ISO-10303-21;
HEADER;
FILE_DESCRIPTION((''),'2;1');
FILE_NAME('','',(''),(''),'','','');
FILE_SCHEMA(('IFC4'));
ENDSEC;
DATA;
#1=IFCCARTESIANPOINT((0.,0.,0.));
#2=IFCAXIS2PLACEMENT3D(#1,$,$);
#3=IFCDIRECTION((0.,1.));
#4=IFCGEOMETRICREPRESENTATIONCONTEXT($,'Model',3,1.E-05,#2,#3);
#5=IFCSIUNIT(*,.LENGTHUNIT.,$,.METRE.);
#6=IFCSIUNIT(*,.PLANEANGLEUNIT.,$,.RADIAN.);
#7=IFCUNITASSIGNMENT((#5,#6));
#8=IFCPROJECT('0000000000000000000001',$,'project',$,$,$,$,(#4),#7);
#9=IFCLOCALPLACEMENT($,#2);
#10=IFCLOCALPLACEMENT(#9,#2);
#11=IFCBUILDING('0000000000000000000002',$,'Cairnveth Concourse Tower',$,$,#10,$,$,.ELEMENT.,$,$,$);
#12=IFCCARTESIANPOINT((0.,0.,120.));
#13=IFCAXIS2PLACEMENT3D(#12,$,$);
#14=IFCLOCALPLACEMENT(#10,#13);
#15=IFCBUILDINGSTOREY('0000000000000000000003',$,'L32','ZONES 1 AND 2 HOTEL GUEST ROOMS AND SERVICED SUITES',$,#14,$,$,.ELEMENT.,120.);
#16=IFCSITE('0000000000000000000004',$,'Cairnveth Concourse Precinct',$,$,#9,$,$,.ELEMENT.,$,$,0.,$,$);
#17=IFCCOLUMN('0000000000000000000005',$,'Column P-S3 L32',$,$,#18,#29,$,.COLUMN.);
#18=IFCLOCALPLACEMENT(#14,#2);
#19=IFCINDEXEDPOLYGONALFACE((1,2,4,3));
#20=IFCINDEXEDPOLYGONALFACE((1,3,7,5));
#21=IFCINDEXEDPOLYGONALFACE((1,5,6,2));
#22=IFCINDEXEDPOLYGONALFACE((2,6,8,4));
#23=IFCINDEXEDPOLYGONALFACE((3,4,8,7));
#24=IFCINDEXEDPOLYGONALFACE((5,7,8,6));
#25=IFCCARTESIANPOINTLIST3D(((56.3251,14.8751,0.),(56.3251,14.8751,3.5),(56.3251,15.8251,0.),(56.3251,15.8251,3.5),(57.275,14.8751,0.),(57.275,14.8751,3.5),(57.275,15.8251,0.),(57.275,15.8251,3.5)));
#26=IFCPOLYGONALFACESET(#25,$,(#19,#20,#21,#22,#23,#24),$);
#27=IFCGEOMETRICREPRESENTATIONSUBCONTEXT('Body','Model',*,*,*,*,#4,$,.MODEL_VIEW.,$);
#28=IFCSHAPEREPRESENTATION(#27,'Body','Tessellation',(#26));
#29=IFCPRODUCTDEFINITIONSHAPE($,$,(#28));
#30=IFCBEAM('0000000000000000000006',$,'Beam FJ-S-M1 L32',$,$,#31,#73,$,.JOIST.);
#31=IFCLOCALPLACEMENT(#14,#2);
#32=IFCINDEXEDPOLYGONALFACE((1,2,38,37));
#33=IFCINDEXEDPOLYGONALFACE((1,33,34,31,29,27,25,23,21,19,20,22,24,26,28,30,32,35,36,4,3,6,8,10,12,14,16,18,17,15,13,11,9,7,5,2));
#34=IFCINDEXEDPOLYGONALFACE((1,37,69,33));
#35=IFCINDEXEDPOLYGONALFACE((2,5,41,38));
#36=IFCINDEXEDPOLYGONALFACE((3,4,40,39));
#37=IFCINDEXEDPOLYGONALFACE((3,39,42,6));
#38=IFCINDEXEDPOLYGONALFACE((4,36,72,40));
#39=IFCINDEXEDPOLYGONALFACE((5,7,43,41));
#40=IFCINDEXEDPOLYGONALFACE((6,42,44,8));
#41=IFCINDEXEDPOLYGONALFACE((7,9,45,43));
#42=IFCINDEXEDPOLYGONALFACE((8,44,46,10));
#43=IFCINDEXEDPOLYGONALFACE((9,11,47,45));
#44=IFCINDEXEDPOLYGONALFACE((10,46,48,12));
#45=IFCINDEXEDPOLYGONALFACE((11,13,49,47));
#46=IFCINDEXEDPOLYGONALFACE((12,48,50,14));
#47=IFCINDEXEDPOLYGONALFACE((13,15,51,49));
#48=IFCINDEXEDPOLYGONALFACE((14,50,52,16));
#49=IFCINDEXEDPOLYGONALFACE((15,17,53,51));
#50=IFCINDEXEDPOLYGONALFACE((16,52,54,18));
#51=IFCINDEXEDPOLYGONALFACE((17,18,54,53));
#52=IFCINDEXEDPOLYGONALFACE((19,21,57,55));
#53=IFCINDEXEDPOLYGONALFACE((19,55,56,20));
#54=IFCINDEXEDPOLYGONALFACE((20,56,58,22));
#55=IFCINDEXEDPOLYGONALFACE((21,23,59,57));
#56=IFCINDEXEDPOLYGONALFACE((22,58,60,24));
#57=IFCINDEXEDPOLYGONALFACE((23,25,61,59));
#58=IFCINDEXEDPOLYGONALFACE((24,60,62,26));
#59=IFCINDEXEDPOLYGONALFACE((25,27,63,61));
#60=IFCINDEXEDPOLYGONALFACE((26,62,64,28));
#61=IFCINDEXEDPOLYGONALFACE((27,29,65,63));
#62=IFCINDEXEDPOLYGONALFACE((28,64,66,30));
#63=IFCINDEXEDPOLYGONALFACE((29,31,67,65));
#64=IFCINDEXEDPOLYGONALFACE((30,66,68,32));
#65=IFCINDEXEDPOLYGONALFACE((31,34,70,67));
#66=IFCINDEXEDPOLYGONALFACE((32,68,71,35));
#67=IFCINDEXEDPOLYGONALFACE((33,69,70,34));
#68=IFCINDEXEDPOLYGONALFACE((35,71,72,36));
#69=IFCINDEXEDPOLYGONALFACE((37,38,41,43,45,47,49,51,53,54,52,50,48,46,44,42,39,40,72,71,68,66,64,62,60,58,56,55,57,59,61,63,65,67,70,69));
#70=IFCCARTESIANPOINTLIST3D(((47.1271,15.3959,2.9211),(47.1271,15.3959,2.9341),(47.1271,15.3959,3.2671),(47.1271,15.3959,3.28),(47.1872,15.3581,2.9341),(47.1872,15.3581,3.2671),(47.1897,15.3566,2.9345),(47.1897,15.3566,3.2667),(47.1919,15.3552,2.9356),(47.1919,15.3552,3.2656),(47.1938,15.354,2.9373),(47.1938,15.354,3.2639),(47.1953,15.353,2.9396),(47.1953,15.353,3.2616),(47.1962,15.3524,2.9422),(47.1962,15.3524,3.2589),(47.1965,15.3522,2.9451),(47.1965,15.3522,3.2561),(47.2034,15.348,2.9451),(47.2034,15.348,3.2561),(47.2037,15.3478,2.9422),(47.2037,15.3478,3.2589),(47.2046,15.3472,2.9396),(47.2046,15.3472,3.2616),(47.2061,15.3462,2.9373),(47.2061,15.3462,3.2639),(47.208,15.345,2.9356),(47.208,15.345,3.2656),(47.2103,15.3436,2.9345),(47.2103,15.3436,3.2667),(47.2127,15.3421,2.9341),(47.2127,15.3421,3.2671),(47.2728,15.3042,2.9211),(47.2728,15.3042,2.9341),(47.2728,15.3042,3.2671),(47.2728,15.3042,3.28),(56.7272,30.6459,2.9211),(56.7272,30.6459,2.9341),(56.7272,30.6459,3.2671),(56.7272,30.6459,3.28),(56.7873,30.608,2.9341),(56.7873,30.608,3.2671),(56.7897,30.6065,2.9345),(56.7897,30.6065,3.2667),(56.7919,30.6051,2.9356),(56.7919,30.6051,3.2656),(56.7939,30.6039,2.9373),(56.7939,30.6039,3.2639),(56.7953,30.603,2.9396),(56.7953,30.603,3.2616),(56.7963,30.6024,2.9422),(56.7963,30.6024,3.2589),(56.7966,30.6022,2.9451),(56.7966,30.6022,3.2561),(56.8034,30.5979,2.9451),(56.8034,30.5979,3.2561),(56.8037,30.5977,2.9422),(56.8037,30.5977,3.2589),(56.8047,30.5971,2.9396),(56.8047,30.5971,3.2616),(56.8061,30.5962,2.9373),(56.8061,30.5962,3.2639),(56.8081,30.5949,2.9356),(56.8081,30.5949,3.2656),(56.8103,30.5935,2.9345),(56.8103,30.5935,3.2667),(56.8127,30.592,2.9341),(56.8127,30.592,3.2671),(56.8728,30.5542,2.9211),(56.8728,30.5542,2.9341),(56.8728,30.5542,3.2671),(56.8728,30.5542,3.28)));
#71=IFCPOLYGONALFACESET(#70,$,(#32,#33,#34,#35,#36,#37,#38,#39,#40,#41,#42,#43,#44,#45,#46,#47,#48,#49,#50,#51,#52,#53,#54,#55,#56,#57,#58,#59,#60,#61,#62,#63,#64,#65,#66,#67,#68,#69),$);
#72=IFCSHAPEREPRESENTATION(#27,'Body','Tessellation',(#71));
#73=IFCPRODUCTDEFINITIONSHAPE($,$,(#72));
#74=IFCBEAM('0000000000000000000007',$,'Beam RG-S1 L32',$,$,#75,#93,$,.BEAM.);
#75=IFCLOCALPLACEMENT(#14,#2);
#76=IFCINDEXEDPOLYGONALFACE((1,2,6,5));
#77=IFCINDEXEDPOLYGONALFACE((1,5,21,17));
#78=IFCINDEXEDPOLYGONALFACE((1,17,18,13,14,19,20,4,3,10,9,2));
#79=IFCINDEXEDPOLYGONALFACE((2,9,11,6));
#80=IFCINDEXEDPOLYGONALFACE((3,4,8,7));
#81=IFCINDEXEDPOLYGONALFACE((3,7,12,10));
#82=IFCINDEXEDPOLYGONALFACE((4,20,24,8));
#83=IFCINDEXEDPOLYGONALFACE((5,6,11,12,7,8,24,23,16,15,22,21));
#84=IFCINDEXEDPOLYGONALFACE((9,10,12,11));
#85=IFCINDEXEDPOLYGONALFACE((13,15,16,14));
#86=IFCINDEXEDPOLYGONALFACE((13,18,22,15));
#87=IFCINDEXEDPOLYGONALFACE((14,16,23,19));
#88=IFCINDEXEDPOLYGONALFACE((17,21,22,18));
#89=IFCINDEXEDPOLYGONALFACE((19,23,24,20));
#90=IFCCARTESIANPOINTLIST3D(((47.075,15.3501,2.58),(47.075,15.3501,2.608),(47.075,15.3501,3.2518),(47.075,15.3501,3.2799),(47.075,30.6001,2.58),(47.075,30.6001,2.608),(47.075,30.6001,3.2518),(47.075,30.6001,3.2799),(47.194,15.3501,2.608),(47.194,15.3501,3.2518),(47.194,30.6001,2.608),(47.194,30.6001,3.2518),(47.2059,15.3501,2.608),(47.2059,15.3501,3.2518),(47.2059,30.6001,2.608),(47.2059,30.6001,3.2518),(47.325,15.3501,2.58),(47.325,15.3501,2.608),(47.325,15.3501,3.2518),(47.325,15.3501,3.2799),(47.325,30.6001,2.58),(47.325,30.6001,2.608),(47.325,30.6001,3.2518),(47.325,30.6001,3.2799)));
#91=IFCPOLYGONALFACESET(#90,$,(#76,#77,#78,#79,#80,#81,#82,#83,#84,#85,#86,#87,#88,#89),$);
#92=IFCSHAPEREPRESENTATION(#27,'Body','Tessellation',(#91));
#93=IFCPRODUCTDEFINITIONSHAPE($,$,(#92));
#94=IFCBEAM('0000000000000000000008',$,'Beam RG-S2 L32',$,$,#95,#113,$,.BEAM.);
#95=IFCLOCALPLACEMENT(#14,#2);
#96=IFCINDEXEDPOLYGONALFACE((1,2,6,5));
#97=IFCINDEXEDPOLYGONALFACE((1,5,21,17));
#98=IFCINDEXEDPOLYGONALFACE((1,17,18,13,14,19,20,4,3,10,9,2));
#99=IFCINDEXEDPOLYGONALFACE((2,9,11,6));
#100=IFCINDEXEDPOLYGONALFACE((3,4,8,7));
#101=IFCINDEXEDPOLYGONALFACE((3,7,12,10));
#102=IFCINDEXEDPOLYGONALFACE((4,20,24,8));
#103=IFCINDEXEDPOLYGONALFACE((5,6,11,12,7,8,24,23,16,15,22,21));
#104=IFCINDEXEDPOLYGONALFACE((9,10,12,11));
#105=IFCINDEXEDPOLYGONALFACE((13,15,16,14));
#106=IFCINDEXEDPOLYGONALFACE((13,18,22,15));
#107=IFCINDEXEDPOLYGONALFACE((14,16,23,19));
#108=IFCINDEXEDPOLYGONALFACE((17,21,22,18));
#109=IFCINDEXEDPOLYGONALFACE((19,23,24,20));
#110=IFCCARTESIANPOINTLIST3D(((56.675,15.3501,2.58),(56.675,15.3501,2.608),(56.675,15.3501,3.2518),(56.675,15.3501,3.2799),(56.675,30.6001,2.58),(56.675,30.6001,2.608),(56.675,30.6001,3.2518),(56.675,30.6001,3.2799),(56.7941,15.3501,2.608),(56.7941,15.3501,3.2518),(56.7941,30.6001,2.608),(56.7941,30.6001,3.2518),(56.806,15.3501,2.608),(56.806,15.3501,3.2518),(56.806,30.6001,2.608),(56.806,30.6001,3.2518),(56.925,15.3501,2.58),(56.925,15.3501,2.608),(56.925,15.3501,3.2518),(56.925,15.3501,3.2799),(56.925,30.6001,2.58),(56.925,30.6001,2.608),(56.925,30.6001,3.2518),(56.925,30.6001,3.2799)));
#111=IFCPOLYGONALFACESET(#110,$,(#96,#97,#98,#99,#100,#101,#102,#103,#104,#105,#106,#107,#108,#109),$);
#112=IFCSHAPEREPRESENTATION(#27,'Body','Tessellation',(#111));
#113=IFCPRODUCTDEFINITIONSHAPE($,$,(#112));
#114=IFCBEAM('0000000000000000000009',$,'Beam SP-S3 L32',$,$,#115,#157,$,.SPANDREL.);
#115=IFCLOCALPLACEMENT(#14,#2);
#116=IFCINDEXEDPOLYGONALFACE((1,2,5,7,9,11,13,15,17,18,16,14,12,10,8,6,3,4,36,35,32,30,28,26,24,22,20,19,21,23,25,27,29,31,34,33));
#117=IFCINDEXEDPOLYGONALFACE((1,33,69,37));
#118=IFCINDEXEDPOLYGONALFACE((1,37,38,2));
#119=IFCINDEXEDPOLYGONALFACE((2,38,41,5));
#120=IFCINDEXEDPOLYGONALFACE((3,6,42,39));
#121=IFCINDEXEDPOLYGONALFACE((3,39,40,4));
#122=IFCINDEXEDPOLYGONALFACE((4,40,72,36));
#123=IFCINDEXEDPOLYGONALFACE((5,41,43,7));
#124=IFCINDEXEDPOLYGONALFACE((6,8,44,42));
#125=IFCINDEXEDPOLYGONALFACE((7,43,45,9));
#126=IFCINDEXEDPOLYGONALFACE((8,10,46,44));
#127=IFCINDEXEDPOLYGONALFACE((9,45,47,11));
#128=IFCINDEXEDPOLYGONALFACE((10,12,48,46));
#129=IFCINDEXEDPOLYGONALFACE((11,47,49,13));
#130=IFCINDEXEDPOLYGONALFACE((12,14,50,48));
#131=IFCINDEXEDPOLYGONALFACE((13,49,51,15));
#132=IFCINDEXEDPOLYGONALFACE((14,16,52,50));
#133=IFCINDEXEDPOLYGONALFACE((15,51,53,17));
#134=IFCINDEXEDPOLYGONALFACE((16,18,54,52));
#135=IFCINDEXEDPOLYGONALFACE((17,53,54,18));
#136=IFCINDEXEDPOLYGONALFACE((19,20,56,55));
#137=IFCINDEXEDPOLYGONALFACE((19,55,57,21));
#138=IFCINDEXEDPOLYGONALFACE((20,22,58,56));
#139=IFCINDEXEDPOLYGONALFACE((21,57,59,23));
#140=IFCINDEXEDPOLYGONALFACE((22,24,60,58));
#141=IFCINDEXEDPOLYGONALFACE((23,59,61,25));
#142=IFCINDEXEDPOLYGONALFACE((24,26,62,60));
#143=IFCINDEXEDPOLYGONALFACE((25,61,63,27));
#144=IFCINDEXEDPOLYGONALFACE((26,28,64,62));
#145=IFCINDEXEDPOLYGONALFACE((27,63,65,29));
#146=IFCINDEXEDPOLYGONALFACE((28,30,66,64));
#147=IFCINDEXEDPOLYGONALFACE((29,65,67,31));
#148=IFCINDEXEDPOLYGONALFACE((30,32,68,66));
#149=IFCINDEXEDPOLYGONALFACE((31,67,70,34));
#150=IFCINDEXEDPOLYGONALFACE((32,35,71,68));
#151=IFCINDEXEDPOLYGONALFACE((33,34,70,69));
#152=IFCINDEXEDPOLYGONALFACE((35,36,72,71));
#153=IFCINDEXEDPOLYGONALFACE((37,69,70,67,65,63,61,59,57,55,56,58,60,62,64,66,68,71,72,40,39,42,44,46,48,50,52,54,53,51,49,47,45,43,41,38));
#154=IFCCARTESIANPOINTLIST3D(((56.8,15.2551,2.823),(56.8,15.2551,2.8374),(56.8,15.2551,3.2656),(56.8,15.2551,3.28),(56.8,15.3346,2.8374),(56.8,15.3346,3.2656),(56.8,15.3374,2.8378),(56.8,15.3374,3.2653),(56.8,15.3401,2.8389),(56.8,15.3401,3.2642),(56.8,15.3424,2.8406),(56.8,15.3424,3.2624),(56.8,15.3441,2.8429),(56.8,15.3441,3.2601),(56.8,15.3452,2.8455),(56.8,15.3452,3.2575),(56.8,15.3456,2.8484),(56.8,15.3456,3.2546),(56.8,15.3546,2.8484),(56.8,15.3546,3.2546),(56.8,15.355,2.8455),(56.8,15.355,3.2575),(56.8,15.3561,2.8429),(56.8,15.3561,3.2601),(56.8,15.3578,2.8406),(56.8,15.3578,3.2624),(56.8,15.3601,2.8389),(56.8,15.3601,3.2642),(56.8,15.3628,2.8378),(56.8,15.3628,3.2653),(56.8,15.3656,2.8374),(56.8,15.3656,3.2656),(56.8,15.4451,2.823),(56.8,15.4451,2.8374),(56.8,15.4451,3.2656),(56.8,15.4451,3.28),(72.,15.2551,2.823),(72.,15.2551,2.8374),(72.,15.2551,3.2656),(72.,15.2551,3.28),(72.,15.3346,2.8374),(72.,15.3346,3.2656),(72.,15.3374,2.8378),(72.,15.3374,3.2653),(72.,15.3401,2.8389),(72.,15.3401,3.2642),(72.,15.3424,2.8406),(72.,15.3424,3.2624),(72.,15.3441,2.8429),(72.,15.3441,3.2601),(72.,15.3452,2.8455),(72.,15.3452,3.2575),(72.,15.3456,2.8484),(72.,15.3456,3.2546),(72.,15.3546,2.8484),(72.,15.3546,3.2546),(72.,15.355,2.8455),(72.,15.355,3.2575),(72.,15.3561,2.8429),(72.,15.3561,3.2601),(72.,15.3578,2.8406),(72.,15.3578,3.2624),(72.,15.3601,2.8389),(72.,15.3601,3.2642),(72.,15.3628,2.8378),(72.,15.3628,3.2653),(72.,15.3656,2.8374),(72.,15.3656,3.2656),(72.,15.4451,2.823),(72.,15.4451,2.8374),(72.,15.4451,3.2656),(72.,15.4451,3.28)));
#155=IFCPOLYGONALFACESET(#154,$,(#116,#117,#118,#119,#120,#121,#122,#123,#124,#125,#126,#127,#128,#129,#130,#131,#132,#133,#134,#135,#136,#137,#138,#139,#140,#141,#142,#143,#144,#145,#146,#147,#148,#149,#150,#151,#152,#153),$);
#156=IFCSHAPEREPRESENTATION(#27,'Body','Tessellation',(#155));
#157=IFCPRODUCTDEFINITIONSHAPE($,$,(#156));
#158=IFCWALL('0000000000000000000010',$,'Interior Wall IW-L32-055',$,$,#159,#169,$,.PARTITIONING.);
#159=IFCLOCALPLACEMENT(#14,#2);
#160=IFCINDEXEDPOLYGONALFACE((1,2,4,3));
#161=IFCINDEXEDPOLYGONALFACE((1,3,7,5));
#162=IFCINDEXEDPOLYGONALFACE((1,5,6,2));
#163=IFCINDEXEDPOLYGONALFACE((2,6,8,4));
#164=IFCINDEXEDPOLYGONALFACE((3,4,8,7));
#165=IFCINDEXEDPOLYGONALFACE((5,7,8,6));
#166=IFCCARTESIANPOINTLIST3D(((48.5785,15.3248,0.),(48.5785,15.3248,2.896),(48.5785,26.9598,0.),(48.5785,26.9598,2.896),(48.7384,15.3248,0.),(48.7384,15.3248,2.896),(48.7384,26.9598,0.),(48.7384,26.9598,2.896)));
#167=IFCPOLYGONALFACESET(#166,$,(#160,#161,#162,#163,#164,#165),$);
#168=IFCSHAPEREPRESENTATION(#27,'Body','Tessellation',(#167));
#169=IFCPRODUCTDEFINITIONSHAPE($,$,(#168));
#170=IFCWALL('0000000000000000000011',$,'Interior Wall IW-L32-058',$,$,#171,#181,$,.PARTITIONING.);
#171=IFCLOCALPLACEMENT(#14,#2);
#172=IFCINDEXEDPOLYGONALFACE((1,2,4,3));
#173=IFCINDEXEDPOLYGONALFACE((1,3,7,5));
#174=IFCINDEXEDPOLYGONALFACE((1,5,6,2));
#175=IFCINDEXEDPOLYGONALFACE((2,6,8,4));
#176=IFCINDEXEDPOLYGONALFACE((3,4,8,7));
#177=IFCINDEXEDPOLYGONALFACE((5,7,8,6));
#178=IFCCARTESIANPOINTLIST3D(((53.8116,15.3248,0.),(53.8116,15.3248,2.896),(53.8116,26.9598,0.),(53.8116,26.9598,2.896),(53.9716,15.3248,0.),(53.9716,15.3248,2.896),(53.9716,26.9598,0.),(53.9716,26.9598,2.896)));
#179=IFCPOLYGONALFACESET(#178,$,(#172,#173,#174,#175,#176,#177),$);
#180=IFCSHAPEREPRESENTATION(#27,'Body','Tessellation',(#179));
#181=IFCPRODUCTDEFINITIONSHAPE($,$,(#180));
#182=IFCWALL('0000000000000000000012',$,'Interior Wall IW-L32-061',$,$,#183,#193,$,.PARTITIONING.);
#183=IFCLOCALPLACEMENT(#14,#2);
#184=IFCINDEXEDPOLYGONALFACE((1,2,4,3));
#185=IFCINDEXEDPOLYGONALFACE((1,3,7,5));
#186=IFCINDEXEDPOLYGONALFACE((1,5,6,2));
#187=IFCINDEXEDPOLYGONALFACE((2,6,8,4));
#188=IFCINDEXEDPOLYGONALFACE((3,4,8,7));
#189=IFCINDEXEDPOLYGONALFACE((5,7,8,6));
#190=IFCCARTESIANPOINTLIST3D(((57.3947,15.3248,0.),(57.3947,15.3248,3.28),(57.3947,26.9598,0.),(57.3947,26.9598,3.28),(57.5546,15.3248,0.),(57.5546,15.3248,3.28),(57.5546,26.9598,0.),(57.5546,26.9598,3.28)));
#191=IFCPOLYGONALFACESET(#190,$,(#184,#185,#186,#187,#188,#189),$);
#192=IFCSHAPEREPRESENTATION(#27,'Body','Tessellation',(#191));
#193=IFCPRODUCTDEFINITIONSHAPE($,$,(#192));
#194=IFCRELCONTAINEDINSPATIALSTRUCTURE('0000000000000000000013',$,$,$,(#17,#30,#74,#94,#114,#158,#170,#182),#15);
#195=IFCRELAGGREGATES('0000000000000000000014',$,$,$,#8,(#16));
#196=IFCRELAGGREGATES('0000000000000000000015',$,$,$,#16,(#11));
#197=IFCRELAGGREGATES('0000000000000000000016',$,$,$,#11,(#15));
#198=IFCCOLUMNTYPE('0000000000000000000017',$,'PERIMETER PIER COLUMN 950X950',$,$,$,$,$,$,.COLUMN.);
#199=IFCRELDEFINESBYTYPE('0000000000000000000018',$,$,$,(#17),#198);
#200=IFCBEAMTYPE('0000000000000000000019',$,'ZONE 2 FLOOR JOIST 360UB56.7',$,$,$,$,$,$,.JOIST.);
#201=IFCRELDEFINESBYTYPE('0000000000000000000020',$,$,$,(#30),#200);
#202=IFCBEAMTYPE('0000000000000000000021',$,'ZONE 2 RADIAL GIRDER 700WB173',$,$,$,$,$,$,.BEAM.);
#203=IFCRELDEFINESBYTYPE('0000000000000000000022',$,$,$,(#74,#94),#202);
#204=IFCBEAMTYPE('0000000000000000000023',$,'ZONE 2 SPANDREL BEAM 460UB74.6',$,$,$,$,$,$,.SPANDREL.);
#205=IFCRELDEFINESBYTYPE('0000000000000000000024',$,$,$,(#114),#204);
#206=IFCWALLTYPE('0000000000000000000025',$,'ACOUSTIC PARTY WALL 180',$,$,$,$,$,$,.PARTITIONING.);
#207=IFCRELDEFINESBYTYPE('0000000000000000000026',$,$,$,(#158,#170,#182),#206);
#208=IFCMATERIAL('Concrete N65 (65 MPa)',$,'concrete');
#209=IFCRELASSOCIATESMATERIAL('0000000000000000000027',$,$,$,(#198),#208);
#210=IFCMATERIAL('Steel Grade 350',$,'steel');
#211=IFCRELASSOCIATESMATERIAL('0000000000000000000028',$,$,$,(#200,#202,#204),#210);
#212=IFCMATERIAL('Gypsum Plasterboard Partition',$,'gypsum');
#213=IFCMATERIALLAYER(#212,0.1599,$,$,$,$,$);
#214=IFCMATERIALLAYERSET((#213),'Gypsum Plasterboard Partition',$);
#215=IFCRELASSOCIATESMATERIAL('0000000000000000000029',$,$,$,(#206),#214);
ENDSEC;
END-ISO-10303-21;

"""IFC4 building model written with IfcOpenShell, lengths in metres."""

from ifc_helpers import new_model, si_unit, direction, frame, frame_2d, origin, origin_2d, place, context, subcontext, project, spatial, rectangle, i_section, extrude, material, layer, layer_set, material_profile, profile_set, type_object, element, save


model = new_model("IFC4")

# Units and contexts
model_context = context("Model", 3, precision=1e-05, world=origin(), true_north=direction((0.0, 1.0)))
body_context = subcontext(model_context, "Body", "Model", "MODEL_VIEW")
ifc_project = project(units=[si_unit("LENGTHUNIT", "METRE"), si_unit("PLANEANGLEUNIT", "RADIAN")], contexts=[model_context])

# Site, building, storey
site_placement = place(None, origin())
site = spatial("IfcSite", under=ifc_project, at=site_placement, Name="Cairnveth Concourse Precinct", CompositionType="ELEMENT", RefElevation=0.0)
building_placement = place(site_placement, origin())
building = spatial("IfcBuilding", under=site, at=building_placement, Name="Cairnveth Concourse Tower", CompositionType="ELEMENT")
storey_placement = place(building_placement, frame((0.0, 0.0, 120.0)))
storey = spatial("IfcBuildingStorey", under=building, at=storey_placement, Name="L32", Description="ZONES 1 AND 2 HOTEL GUEST ROOMS AND SERVICED SUITES", CompositionType="ELEMENT", Elevation=120.0)

# Column
ifc_material_1 = material(Name="Concrete N65 (65 MPa)", Category="concrete")
ifc_material_profile_1 = material_profile(ifc_material_1, rectangle(XDim=0.95, YDim=0.95, at=origin_2d()), Name="RC-COL-950x950")
ifc_profile_set_1 = profile_set([ifc_material_profile_1], Name="Concrete N65 (65 MPa)")
column_type = type_object("IfcColumnType", Name="PERIMETER PIER COLUMN 950X950", PredefinedType="COLUMN", material=ifc_profile_set_1)
column_placement = place(storey_placement, frame((56.8, 15.3501, 0.0), z_axis=(0.0, 0.0, 1.0), x_axis=(1.0, 0.0, 0.0)))
element("IfcColumn", 1, at=column_placement, inside=storey, type_object=column_type, Name="Column P-S3 L32", PredefinedType="COLUMN", context=body_context, shape_type="SweptSolid", body=[
    extrude(rectangle(XDim=0.95, YDim=0.95, at=origin_2d()), origin(), (0.0, 0.0, 1.0), 3.5),
])

# Beams
ifc_material_2 = material(Name="Steel Grade 350", Category="steel")
ifc_material_profile_2 = material_profile(ifc_material_2, i_section(OverallWidth=0.1721, OverallDepth=0.3589, WebThickness=0.0081, FlangeThickness=0.0129, FilletRadius=0.011, at=origin_2d()), Name="360UB56.7")
ifc_profile_set_2 = profile_set([ifc_material_profile_2], Name="Steel Grade 350")
beam_type_1 = type_object("IfcBeamType", Name="ZONE 2 FLOOR JOIST 360UB56.7", PredefinedType="JOIST", material=ifc_profile_set_2)
beam_1_placement = place(storey_placement, frame((47.2, 15.3501, 3.1006), z_axis=(0.532744, 0.846277, 0.0), x_axis=(-0.846277, 0.532744, 0.0)))
element("IfcBeam", 2, at=beam_1_placement, inside=storey, type_object=beam_type_1, Name="Beam FJ-S-M1 L32", PredefinedType="JOIST", context=body_context, shape_type="SweptSolid", body=[
    extrude(i_section(OverallWidth=0.1721, OverallDepth=0.3589, WebThickness=0.0081, FlangeThickness=0.0129, FilletRadius=0.011, at=origin_2d()), origin(), (0.0, 0.0, 1.0), 18.02),
])
ifc_material_profile_3 = material_profile(ifc_material_2, i_section(OverallWidth=0.25, OverallDepth=0.7, WebThickness=0.012, FlangeThickness=0.0281, at=origin_2d()), Name="700WB173")
ifc_profile_set_3 = profile_set([ifc_material_profile_3], Name="Steel Grade 350")
beam_type_2 = type_object("IfcBeamType", Name="ZONE 2 RADIAL GIRDER 700WB173", PredefinedType="BEAM", material=ifc_profile_set_3)
for number, where, z_axis, x_axis, name in (
    (3, (47.2, 15.3501, 2.9299), (0.0, 1.0, 0.0), (-1.0, 0.0, 0.0), "Beam RG-S1 L32"),
    (4, (56.8, 15.3501, 2.9299), (0.0, 1.0, 0.0), (-1.0, 0.0, 0.0), "Beam RG-S2 L32"),
):
    element("IfcBeam", number, at=place(storey_placement, frame(where, z_axis=z_axis, x_axis=x_axis)), inside=storey, type_object=beam_type_2, Name=name, PredefinedType="BEAM", context=body_context, shape_type="SweptSolid", body=[
        extrude(i_section(OverallWidth=0.25, OverallDepth=0.7, WebThickness=0.012, FlangeThickness=0.0281, at=origin_2d()), origin(), (0.0, 0.0, 1.0), 15.25),
    ])
ifc_material_profile_4 = material_profile(ifc_material_2, i_section(OverallWidth=0.1899, OverallDepth=0.457, WebThickness=0.009, FlangeThickness=0.0144, FilletRadius=0.011, at=origin_2d()), Name="460UB74.6")
ifc_profile_set_4 = profile_set([ifc_material_profile_4], Name="Steel Grade 350")
beam_type_3 = type_object("IfcBeamType", Name="ZONE 2 SPANDREL BEAM 460UB74.6", PredefinedType="SPANDREL", material=ifc_profile_set_4)
beam_2_placement = place(storey_placement, frame((56.8, 15.3501, 3.0515), z_axis=(1.0, 0.0, 0.0), x_axis=(0.0, 1.0, 0.0)))
element("IfcBeam", 5, at=beam_2_placement, inside=storey, type_object=beam_type_3, Name="Beam SP-S3 L32", PredefinedType="SPANDREL", context=body_context, shape_type="SweptSolid", body=[
    extrude(i_section(OverallWidth=0.1899, OverallDepth=0.457, WebThickness=0.009, FlangeThickness=0.0144, FilletRadius=0.011, at=origin_2d()), origin(), (0.0, 0.0, 1.0), 15.2),
])

# Walls
ifc_material_3 = material(Name="Gypsum Plasterboard Partition", Category="gypsum")
ifc_layer_1 = layer(ifc_material_3, 0.1599)
ifc_layer_set_1 = layer_set([ifc_layer_1], Name="Gypsum Plasterboard Partition")
wall_type_1 = type_object("IfcWallType", Name="ACOUSTIC PARTY WALL 180", PredefinedType="PARTITIONING", material=ifc_layer_set_1)
for number, where, z_axis, x_axis, name in (
    (6, (48.6584, 15.325, 0.0), (0.0, 0.0, 1.0), (0.0, 1.0, 0.0), "Interior Wall IW-L32-055"),
    (7, (53.8916, 15.325, 0.0), (0.0, 0.0, 1.0), (0.0, 1.0, 0.0), "Interior Wall IW-L32-058"),
):
    element("IfcWall", number, at=place(storey_placement, frame(where, z_axis=z_axis, x_axis=x_axis)), inside=storey, type_object=wall_type_1, Name=name, PredefinedType="PARTITIONING", context=body_context, shape_type="SweptSolid", body=[
        extrude(rectangle(XDim=11.635, YDim=0.1599, at=frame_2d((5.8174, 0.0))), origin(), (0.0, 0.0, 1.0), 2.896),
    ])
wall_1_placement = place(storey_placement, frame((57.4746, 15.325, 0.0), z_axis=(0.0, 0.0, 1.0), x_axis=(0.0, 1.0, 0.0)))
element("IfcWall", 8, at=wall_1_placement, inside=storey, type_object=wall_type_1, Name="Interior Wall IW-L32-061", PredefinedType="PARTITIONING", context=body_context, shape_type="SweptSolid", body=[
    extrude(rectangle(XDim=11.635, YDim=0.1599, at=frame_2d((5.8174, 0.0))), origin(), (0.0, 0.0, 1.0), 3.28),
])

save(model, "model.ifc")
